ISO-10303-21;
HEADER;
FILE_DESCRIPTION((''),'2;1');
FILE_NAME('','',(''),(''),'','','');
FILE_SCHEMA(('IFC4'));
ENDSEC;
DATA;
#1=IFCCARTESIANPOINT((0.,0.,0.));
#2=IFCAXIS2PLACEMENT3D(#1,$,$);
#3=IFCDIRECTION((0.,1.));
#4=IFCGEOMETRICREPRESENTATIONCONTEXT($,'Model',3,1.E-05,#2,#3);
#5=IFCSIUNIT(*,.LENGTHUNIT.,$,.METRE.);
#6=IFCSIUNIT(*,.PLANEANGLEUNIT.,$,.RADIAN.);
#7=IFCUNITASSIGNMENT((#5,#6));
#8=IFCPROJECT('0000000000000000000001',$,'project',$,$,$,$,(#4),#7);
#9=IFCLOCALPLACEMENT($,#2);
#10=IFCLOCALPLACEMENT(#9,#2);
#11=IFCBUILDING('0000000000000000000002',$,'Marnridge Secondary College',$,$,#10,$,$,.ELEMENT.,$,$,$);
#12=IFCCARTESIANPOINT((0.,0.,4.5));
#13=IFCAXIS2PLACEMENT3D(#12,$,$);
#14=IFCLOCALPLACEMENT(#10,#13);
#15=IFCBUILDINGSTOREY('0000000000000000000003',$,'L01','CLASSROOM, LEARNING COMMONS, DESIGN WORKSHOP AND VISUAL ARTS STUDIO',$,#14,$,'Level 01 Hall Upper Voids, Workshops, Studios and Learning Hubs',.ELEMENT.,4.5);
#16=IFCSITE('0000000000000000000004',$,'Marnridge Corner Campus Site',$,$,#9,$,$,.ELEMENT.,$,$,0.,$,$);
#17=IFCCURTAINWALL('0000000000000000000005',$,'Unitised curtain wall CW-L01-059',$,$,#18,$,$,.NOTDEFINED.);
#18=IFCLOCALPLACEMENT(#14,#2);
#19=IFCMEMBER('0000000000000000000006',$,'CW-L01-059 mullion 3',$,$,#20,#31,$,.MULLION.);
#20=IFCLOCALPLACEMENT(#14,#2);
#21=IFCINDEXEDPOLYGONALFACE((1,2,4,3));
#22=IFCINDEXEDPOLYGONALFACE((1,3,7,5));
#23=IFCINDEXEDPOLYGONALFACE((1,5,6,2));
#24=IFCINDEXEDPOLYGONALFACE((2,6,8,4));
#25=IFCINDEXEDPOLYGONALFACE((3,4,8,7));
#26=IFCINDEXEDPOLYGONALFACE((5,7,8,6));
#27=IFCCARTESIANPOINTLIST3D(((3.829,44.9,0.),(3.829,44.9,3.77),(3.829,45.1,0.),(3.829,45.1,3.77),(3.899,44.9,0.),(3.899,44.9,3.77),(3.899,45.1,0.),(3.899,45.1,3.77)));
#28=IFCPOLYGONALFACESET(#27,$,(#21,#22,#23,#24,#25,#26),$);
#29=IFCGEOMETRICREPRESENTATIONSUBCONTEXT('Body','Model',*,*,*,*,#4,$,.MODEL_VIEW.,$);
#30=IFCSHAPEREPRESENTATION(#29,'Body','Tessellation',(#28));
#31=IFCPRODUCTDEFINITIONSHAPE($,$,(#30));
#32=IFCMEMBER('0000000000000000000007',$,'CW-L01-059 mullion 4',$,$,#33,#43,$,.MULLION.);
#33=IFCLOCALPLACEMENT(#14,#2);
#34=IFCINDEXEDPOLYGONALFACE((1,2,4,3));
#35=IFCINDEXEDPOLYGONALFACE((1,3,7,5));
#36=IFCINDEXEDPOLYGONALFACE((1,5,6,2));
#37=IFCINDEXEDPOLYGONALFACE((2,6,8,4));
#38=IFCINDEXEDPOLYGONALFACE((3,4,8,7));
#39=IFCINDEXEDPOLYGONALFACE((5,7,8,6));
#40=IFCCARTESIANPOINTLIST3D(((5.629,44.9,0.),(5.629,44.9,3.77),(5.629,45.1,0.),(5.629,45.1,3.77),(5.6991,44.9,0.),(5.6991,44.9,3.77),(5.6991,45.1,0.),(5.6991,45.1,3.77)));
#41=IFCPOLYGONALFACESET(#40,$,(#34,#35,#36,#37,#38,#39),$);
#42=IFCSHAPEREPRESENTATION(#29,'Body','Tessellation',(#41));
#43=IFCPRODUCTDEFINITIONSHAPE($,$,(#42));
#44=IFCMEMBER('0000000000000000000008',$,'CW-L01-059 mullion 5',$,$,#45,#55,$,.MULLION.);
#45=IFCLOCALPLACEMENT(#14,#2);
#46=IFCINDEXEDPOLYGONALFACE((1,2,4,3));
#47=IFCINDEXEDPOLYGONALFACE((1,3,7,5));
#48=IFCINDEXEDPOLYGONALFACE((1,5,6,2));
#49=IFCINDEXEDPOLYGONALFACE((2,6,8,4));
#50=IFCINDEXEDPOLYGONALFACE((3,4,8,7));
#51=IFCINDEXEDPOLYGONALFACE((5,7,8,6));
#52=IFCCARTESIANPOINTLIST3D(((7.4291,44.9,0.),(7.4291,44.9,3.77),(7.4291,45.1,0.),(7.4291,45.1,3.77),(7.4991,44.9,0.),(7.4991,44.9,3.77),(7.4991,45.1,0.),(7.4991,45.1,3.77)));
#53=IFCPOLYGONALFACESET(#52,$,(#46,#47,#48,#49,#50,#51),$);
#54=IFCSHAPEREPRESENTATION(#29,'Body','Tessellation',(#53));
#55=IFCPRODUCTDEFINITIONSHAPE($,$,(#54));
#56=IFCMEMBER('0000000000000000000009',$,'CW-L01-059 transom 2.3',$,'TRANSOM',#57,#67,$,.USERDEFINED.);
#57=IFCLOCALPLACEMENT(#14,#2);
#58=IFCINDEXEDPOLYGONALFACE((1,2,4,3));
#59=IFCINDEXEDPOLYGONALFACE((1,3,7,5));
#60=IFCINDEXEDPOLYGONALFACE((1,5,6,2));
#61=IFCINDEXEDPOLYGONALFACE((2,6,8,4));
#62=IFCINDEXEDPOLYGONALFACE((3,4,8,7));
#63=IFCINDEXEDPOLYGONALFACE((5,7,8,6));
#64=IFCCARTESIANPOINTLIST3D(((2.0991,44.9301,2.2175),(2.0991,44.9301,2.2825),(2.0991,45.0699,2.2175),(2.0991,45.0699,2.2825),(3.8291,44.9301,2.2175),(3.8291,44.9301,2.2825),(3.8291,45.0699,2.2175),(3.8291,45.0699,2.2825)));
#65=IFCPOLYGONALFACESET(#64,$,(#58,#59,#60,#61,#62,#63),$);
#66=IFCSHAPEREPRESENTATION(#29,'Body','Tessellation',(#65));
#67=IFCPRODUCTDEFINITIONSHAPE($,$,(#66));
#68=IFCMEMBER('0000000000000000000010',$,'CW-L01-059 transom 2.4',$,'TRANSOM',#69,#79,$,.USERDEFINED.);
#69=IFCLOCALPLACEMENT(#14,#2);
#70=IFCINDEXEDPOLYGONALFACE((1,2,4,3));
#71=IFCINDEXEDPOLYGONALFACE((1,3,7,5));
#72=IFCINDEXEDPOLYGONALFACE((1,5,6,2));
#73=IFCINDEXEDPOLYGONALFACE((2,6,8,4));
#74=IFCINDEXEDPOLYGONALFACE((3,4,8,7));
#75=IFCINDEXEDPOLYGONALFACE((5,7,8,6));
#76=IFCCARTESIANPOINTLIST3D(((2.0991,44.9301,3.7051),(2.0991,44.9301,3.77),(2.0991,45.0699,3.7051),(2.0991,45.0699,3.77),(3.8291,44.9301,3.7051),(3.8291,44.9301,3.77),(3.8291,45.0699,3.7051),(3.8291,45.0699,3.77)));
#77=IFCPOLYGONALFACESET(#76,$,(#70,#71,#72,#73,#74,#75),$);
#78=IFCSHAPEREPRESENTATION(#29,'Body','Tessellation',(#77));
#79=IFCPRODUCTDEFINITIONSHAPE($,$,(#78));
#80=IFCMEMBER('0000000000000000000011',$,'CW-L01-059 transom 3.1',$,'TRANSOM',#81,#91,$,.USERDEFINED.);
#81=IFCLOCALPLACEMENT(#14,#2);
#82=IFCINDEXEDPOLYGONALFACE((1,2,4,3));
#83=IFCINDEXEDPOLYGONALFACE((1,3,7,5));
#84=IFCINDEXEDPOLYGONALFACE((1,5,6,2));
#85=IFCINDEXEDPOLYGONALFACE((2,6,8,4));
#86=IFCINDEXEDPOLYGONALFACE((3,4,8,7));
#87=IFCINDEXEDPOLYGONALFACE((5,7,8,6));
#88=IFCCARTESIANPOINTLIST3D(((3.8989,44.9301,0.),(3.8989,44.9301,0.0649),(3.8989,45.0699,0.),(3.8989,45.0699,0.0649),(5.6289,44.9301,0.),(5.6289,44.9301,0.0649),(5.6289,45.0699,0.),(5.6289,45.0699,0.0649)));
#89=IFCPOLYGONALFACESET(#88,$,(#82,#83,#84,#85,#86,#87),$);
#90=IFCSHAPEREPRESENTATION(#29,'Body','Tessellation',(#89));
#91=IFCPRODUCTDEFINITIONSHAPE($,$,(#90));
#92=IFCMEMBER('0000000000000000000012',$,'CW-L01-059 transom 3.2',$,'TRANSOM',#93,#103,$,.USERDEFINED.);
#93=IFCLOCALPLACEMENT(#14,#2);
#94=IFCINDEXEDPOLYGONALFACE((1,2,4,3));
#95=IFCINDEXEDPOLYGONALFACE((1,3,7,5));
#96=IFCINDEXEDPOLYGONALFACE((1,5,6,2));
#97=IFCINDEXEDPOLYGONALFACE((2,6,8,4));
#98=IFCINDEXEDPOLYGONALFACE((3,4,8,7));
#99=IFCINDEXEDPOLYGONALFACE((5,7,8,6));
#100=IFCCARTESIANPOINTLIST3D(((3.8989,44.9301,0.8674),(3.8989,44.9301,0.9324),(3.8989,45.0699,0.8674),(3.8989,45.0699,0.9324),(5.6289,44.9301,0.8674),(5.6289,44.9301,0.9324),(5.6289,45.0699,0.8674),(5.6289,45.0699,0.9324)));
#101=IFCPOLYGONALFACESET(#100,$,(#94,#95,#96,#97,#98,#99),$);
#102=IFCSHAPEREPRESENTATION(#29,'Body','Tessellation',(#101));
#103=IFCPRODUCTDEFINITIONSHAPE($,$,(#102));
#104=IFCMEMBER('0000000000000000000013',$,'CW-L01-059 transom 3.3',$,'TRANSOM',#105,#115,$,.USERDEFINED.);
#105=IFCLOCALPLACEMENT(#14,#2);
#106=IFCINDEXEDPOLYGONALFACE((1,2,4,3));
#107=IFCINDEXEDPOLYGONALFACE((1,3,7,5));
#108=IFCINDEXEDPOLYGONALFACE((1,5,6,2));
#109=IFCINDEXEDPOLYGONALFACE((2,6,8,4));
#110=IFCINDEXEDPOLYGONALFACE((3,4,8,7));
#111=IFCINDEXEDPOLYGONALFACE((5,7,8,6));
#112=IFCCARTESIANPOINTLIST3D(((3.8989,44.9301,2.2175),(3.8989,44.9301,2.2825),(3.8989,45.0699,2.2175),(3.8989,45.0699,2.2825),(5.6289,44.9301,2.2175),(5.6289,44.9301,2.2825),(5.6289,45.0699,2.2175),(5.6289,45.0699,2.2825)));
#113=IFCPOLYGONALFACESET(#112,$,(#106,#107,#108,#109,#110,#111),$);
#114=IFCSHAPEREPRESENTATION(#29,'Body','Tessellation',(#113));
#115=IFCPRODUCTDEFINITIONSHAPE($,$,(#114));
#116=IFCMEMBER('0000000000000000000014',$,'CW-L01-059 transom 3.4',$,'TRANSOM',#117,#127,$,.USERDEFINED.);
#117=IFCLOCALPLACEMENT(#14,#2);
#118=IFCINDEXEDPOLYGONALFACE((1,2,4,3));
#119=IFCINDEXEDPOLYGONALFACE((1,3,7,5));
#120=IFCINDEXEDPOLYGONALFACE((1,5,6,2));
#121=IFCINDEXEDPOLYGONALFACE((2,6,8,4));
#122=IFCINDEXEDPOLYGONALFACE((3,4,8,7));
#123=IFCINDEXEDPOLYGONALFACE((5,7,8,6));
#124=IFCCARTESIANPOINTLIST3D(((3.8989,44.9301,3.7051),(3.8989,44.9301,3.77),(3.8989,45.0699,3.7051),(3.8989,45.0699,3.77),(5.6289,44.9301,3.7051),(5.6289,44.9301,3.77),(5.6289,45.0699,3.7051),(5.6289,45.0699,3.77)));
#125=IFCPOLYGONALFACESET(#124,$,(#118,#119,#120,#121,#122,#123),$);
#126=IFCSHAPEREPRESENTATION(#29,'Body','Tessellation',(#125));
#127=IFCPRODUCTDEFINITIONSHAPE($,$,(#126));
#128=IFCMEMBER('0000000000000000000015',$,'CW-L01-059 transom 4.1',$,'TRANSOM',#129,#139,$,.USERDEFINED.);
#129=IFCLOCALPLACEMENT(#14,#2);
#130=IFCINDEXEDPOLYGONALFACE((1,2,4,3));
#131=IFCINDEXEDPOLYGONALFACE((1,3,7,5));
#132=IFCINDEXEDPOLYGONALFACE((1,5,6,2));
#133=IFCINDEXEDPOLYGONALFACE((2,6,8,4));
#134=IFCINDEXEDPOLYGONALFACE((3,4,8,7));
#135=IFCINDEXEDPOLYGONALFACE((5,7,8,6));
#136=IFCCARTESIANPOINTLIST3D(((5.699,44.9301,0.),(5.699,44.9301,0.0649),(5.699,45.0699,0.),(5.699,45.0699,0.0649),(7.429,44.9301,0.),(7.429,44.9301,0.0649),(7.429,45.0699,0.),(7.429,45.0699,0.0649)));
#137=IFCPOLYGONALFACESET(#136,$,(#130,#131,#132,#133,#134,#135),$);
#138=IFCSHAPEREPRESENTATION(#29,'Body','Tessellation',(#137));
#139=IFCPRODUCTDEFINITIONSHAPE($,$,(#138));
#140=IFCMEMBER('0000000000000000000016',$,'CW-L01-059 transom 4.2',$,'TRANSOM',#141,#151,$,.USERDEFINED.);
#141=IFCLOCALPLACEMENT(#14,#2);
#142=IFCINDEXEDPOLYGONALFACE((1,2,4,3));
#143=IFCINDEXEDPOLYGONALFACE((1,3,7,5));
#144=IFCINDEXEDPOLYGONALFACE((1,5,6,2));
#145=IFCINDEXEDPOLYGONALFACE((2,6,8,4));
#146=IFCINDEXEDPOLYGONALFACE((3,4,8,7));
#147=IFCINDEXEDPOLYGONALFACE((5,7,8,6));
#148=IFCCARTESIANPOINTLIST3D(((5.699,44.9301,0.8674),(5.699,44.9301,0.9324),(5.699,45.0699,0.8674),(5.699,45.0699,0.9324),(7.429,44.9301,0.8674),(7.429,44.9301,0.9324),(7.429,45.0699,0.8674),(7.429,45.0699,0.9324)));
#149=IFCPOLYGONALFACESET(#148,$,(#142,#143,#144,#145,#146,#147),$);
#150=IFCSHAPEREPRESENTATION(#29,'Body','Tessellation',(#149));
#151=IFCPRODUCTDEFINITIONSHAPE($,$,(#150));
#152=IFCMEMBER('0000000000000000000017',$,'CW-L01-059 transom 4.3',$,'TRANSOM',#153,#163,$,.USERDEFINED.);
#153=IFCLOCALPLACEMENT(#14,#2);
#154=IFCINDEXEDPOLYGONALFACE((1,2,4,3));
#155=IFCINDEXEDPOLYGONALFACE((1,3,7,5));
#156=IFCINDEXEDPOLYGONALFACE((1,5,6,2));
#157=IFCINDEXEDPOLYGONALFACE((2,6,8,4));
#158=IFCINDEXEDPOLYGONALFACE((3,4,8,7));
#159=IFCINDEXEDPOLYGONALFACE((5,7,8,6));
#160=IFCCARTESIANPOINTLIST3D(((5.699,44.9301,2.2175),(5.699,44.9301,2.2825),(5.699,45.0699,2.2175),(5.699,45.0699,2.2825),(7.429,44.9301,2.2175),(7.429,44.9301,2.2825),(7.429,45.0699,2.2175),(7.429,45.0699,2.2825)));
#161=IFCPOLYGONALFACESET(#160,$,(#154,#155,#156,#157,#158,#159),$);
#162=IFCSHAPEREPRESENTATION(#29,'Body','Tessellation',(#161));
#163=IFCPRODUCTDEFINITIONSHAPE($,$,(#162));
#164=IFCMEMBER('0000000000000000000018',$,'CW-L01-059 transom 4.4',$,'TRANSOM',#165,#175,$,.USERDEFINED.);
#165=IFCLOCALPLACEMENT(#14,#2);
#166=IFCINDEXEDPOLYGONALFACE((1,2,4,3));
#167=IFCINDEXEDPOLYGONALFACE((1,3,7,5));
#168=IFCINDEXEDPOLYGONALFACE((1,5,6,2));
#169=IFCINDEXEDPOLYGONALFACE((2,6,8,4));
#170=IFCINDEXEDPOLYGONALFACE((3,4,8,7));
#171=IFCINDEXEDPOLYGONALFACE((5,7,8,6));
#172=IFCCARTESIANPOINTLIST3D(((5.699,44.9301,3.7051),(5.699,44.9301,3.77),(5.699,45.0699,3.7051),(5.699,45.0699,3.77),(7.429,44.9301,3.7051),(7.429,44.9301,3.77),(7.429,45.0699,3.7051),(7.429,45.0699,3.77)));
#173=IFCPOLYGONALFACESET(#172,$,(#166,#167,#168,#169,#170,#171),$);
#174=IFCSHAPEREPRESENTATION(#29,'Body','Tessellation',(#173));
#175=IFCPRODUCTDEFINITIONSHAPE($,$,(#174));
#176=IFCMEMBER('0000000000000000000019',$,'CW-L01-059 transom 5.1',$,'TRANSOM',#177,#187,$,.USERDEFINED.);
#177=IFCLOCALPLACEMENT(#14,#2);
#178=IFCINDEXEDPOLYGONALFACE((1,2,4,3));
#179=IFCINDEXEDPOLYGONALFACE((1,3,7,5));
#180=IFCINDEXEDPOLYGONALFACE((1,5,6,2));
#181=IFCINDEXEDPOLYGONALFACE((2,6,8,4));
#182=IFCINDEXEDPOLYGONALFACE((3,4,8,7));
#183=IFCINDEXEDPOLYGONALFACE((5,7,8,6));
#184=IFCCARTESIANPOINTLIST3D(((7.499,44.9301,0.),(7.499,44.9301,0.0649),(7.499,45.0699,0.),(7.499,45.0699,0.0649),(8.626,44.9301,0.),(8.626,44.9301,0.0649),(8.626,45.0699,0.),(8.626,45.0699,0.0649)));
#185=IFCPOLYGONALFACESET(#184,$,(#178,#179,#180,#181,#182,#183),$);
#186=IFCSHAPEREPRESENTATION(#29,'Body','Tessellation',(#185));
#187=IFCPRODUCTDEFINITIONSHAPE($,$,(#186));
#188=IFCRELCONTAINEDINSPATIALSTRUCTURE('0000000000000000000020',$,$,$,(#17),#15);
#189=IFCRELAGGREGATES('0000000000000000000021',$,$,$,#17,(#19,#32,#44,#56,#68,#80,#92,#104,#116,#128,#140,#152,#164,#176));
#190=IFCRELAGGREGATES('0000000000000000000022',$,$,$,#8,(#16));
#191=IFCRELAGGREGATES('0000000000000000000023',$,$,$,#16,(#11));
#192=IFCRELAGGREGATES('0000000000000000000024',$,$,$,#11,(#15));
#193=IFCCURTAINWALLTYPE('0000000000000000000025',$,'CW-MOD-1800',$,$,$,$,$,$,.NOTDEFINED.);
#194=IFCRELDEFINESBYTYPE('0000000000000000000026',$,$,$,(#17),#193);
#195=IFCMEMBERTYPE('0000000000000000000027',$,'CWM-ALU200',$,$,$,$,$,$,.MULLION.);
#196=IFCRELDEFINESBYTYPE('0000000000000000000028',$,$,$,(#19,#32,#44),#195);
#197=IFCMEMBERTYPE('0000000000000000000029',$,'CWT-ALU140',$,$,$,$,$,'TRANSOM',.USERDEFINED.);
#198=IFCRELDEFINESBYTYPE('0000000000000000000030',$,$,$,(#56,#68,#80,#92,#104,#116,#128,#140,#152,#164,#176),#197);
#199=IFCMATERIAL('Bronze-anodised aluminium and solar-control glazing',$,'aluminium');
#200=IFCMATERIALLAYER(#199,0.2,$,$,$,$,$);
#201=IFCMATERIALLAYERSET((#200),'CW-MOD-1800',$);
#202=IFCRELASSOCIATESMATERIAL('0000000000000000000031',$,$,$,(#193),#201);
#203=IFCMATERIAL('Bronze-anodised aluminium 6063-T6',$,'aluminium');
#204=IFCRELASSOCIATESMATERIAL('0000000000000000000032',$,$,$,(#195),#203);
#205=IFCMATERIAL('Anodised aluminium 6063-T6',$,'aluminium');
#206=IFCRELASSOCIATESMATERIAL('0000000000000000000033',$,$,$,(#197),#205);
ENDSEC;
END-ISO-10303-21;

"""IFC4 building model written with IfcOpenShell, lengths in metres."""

from ifc_helpers import new_model, si_unit, direction, frame, origin, origin_2d, place, context, subcontext, project, spatial, rectangle, extrude, material, layer, layer_set, material_profile, profile_set, type_object, element, aggregate, save


model = new_model("IFC4")

# Units and contexts
model_context = context("Model", 3, precision=1e-05, world=origin(), true_north=direction((0.0, 1.0)))
body_context = subcontext(model_context, "Body", "Model", "MODEL_VIEW")
ifc_project = project(units=[si_unit("LENGTHUNIT", "METRE"), si_unit("PLANEANGLEUNIT", "RADIAN")], contexts=[model_context])

# Site, building, storey
site_placement = place(None, origin())
site = spatial("IfcSite", under=ifc_project, at=site_placement, Name="Marnridge Corner Campus Site", CompositionType="ELEMENT", RefElevation=0.0)
building_placement = place(site_placement, origin())
building = spatial("IfcBuilding", under=site, at=building_placement, Name="Marnridge Secondary College", CompositionType="ELEMENT")
storey_placement = place(building_placement, frame((0.0, 0.0, 4.5)))
storey = spatial("IfcBuildingStorey", under=building, at=storey_placement, Name="L01", Description="CLASSROOM, LEARNING COMMONS, DESIGN WORKSHOP AND VISUAL ARTS STUDIO", LongName="Level 01 Hall Upper Voids, Workshops, Studios and Learning Hubs", CompositionType="ELEMENT", Elevation=4.5)

# Curtain wall, members
ifc_material_1 = material(Name="Bronze-anodised aluminium and solar-control glazing", Category="aluminium")
ifc_layer_1 = layer(ifc_material_1, 0.2)
ifc_layer_set_1 = layer_set([ifc_layer_1], Name="CW-MOD-1800")
curtain_wall_type = type_object("IfcCurtainWallType", Name="CW-MOD-1800", PredefinedType="NOTDEFINED", material=ifc_layer_set_1)
curtain_wall_placement = place(storey_placement, origin())
curtain_wall = element("IfcCurtainWall", 1, at=curtain_wall_placement, inside=storey, type_object=curtain_wall_type, Name="Unitised curtain wall CW-L01-059", PredefinedType="NOTDEFINED")
ifc_material_2 = material(Name="Bronze-anodised aluminium 6063-T6", Category="aluminium")
ifc_material_profile_1 = material_profile(ifc_material_2, rectangle(XDim=0.0701, YDim=0.2, at=origin_2d()), Name="ALU 70x200")
ifc_profile_set_1 = profile_set([ifc_material_profile_1], Name="Bronze-anodised aluminium 6063-T6")
member_type_1 = type_object("IfcMemberType", Name="CWM-ALU200", PredefinedType="MULLION", material=ifc_profile_set_1)
member_1_placement = place(storey_placement, frame((3.864, 45.0, 0.0), z_axis=(0.0, 0.0, 1.0), x_axis=(1.0, 0.0, 0.0)))
member_1 = element("IfcMember", 2, at=member_1_placement, type_object=member_type_1, Name="CW-L01-059 mullion 3", PredefinedType="MULLION", context=body_context, shape_type="SweptSolid", body=[
    extrude(rectangle(XDim=0.0701, YDim=0.2, at=origin_2d()), origin(), (0.0, 0.0, 1.0), 3.77),
])
member_2_placement = place(storey_placement, frame((5.6641, 45.0, 0.0), z_axis=(0.0, 0.0, 1.0), x_axis=(1.0, 0.0, 0.0)))
member_2 = element("IfcMember", 3, at=member_2_placement, type_object=member_type_1, Name="CW-L01-059 mullion 4", PredefinedType="MULLION", context=body_context, shape_type="SweptSolid", body=[
    extrude(rectangle(XDim=0.0701, YDim=0.2, at=origin_2d()), origin(), (0.0, 0.0, 1.0), 3.77),
])
member_3_placement = place(storey_placement, frame((7.4641, 45.0, 0.0), z_axis=(0.0, 0.0, 1.0), x_axis=(1.0, 0.0, 0.0)))
member_3 = element("IfcMember", 4, at=member_3_placement, type_object=member_type_1, Name="CW-L01-059 mullion 5", PredefinedType="MULLION", context=body_context, shape_type="SweptSolid", body=[
    extrude(rectangle(XDim=0.0701, YDim=0.2, at=origin_2d()), origin(), (0.0, 0.0, 1.0), 3.77),
])
ifc_material_3 = material(Name="Anodised aluminium 6063-T6", Category="aluminium")
ifc_material_profile_2 = material_profile(ifc_material_3, rectangle(XDim=0.0649, YDim=0.1399, at=origin_2d()), Name="ALU 65x140")
ifc_profile_set_2 = profile_set([ifc_material_profile_2], Name="Anodised aluminium 6063-T6")
member_type_2 = type_object("IfcMemberType", Name="CWT-ALU140", ElementType="TRANSOM", PredefinedType="USERDEFINED", material=ifc_profile_set_2)
member_4_placement = place(storey_placement, frame((2.0991, 45.0, 2.25), z_axis=(1.0, 0.0, 0.0), x_axis=(0.0, 0.0, 1.0)))
member_4 = element("IfcMember", 5, at=member_4_placement, type_object=member_type_2, Name="CW-L01-059 transom 2.3", ObjectType="TRANSOM", PredefinedType="USERDEFINED", context=body_context, shape_type="SweptSolid", body=[
    extrude(rectangle(XDim=0.0649, YDim=0.1399, at=origin_2d()), origin(), (0.0, 0.0, 1.0), 1.73),
])
member_5_placement = place(storey_placement, frame((2.0991, 45.0, 3.7375), z_axis=(1.0, 0.0, 0.0), x_axis=(0.0, 0.0, 1.0)))
member_5 = element("IfcMember", 6, at=member_5_placement, type_object=member_type_2, Name="CW-L01-059 transom 2.4", ObjectType="TRANSOM", PredefinedType="USERDEFINED", context=body_context, shape_type="SweptSolid", body=[
    extrude(rectangle(XDim=0.0649, YDim=0.1399, at=origin_2d()), origin(), (0.0, 0.0, 1.0), 1.73),
])
member_6_placement = place(storey_placement, frame((3.8989, 45.0, 0.0325), z_axis=(1.0, 0.0, 0.0), x_axis=(0.0, 0.0, 1.0)))
member_6 = element("IfcMember", 7, at=member_6_placement, type_object=member_type_2, Name="CW-L01-059 transom 3.1", ObjectType="TRANSOM", PredefinedType="USERDEFINED", context=body_context, shape_type="SweptSolid", body=[
    extrude(rectangle(XDim=0.0649, YDim=0.1399, at=origin_2d()), origin(), (0.0, 0.0, 1.0), 1.73),
])
member_7_placement = place(storey_placement, frame((3.8989, 45.0, 0.8999), z_axis=(1.0, 0.0, 0.0), x_axis=(0.0, 0.0, 1.0)))
member_7 = element("IfcMember", 8, at=member_7_placement, type_object=member_type_2, Name="CW-L01-059 transom 3.2", ObjectType="TRANSOM", PredefinedType="USERDEFINED", context=body_context, shape_type="SweptSolid", body=[
    extrude(rectangle(XDim=0.0649, YDim=0.1399, at=origin_2d()), origin(), (0.0, 0.0, 1.0), 1.73),
])
member_8_placement = place(storey_placement, frame((3.8989, 45.0, 2.25), z_axis=(1.0, 0.0, 0.0), x_axis=(0.0, 0.0, 1.0)))
member_8 = element("IfcMember", 9, at=member_8_placement, type_object=member_type_2, Name="CW-L01-059 transom 3.3", ObjectType="TRANSOM", PredefinedType="USERDEFINED", context=body_context, shape_type="SweptSolid", body=[
    extrude(rectangle(XDim=0.0649, YDim=0.1399, at=origin_2d()), origin(), (0.0, 0.0, 1.0), 1.73),
])
member_9_placement = place(storey_placement, frame((3.8989, 45.0, 3.7375), z_axis=(1.0, 0.0, 0.0), x_axis=(0.0, 0.0, 1.0)))
member_9 = element("IfcMember", 10, at=member_9_placement, type_object=member_type_2, Name="CW-L01-059 transom 3.4", ObjectType="TRANSOM", PredefinedType="USERDEFINED", context=body_context, shape_type="SweptSolid", body=[
    extrude(rectangle(XDim=0.0649, YDim=0.1399, at=origin_2d()), origin(), (0.0, 0.0, 1.0), 1.73),
])
member_10_placement = place(storey_placement, frame((5.699, 45.0, 0.0325), z_axis=(1.0, 0.0, 0.0), x_axis=(0.0, 0.0, 1.0)))
member_10 = element("IfcMember", 11, at=member_10_placement, type_object=member_type_2, Name="CW-L01-059 transom 4.1", ObjectType="TRANSOM", PredefinedType="USERDEFINED", context=body_context, shape_type="SweptSolid", body=[
    extrude(rectangle(XDim=0.0649, YDim=0.1399, at=origin_2d()), origin(), (0.0, 0.0, 1.0), 1.73),
])
member_11_placement = place(storey_placement, frame((5.699, 45.0, 0.8999), z_axis=(1.0, 0.0, 0.0), x_axis=(0.0, 0.0, 1.0)))
member_11 = element("IfcMember", 12, at=member_11_placement, type_object=member_type_2, Name="CW-L01-059 transom 4.2", ObjectType="TRANSOM", PredefinedType="USERDEFINED", context=body_context, shape_type="SweptSolid", body=[
    extrude(rectangle(XDim=0.0649, YDim=0.1399, at=origin_2d()), origin(), (0.0, 0.0, 1.0), 1.73),
])
member_12_placement = place(storey_placement, frame((5.699, 45.0, 2.25), z_axis=(1.0, 0.0, 0.0), x_axis=(0.0, 0.0, 1.0)))
member_12 = element("IfcMember", 13, at=member_12_placement, type_object=member_type_2, Name="CW-L01-059 transom 4.3", ObjectType="TRANSOM", PredefinedType="USERDEFINED", context=body_context, shape_type="SweptSolid", body=[
    extrude(rectangle(XDim=0.0649, YDim=0.1399, at=origin_2d()), origin(), (0.0, 0.0, 1.0), 1.73),
])
member_13_placement = place(storey_placement, frame((5.699, 45.0, 3.7375), z_axis=(1.0, 0.0, 0.0), x_axis=(0.0, 0.0, 1.0)))
member_13 = element("IfcMember", 14, at=member_13_placement, type_object=member_type_2, Name="CW-L01-059 transom 4.4", ObjectType="TRANSOM", PredefinedType="USERDEFINED", context=body_context, shape_type="SweptSolid", body=[
    extrude(rectangle(XDim=0.0649, YDim=0.1399, at=origin_2d()), origin(), (0.0, 0.0, 1.0), 1.73),
])
member_14_placement = place(storey_placement, frame((7.499, 45.0, 0.0325), z_axis=(1.0, 0.0, 0.0), x_axis=(0.0, 0.0, 1.0)))
member_14 = element("IfcMember", 15, at=member_14_placement, type_object=member_type_2, Name="CW-L01-059 transom 5.1", ObjectType="TRANSOM", PredefinedType="USERDEFINED", context=body_context, shape_type="SweptSolid", body=[
    extrude(rectangle(XDim=0.0649, YDim=0.1399, at=origin_2d()), origin(), (0.0, 0.0, 1.0), 1.127),
])
aggregate(curtain_wall, [member_1, member_2, member_3, member_4, member_5, member_6, member_7, member_8, member_9, member_10, member_11, member_12, member_13, member_14])

save(model, "model.ifc")
